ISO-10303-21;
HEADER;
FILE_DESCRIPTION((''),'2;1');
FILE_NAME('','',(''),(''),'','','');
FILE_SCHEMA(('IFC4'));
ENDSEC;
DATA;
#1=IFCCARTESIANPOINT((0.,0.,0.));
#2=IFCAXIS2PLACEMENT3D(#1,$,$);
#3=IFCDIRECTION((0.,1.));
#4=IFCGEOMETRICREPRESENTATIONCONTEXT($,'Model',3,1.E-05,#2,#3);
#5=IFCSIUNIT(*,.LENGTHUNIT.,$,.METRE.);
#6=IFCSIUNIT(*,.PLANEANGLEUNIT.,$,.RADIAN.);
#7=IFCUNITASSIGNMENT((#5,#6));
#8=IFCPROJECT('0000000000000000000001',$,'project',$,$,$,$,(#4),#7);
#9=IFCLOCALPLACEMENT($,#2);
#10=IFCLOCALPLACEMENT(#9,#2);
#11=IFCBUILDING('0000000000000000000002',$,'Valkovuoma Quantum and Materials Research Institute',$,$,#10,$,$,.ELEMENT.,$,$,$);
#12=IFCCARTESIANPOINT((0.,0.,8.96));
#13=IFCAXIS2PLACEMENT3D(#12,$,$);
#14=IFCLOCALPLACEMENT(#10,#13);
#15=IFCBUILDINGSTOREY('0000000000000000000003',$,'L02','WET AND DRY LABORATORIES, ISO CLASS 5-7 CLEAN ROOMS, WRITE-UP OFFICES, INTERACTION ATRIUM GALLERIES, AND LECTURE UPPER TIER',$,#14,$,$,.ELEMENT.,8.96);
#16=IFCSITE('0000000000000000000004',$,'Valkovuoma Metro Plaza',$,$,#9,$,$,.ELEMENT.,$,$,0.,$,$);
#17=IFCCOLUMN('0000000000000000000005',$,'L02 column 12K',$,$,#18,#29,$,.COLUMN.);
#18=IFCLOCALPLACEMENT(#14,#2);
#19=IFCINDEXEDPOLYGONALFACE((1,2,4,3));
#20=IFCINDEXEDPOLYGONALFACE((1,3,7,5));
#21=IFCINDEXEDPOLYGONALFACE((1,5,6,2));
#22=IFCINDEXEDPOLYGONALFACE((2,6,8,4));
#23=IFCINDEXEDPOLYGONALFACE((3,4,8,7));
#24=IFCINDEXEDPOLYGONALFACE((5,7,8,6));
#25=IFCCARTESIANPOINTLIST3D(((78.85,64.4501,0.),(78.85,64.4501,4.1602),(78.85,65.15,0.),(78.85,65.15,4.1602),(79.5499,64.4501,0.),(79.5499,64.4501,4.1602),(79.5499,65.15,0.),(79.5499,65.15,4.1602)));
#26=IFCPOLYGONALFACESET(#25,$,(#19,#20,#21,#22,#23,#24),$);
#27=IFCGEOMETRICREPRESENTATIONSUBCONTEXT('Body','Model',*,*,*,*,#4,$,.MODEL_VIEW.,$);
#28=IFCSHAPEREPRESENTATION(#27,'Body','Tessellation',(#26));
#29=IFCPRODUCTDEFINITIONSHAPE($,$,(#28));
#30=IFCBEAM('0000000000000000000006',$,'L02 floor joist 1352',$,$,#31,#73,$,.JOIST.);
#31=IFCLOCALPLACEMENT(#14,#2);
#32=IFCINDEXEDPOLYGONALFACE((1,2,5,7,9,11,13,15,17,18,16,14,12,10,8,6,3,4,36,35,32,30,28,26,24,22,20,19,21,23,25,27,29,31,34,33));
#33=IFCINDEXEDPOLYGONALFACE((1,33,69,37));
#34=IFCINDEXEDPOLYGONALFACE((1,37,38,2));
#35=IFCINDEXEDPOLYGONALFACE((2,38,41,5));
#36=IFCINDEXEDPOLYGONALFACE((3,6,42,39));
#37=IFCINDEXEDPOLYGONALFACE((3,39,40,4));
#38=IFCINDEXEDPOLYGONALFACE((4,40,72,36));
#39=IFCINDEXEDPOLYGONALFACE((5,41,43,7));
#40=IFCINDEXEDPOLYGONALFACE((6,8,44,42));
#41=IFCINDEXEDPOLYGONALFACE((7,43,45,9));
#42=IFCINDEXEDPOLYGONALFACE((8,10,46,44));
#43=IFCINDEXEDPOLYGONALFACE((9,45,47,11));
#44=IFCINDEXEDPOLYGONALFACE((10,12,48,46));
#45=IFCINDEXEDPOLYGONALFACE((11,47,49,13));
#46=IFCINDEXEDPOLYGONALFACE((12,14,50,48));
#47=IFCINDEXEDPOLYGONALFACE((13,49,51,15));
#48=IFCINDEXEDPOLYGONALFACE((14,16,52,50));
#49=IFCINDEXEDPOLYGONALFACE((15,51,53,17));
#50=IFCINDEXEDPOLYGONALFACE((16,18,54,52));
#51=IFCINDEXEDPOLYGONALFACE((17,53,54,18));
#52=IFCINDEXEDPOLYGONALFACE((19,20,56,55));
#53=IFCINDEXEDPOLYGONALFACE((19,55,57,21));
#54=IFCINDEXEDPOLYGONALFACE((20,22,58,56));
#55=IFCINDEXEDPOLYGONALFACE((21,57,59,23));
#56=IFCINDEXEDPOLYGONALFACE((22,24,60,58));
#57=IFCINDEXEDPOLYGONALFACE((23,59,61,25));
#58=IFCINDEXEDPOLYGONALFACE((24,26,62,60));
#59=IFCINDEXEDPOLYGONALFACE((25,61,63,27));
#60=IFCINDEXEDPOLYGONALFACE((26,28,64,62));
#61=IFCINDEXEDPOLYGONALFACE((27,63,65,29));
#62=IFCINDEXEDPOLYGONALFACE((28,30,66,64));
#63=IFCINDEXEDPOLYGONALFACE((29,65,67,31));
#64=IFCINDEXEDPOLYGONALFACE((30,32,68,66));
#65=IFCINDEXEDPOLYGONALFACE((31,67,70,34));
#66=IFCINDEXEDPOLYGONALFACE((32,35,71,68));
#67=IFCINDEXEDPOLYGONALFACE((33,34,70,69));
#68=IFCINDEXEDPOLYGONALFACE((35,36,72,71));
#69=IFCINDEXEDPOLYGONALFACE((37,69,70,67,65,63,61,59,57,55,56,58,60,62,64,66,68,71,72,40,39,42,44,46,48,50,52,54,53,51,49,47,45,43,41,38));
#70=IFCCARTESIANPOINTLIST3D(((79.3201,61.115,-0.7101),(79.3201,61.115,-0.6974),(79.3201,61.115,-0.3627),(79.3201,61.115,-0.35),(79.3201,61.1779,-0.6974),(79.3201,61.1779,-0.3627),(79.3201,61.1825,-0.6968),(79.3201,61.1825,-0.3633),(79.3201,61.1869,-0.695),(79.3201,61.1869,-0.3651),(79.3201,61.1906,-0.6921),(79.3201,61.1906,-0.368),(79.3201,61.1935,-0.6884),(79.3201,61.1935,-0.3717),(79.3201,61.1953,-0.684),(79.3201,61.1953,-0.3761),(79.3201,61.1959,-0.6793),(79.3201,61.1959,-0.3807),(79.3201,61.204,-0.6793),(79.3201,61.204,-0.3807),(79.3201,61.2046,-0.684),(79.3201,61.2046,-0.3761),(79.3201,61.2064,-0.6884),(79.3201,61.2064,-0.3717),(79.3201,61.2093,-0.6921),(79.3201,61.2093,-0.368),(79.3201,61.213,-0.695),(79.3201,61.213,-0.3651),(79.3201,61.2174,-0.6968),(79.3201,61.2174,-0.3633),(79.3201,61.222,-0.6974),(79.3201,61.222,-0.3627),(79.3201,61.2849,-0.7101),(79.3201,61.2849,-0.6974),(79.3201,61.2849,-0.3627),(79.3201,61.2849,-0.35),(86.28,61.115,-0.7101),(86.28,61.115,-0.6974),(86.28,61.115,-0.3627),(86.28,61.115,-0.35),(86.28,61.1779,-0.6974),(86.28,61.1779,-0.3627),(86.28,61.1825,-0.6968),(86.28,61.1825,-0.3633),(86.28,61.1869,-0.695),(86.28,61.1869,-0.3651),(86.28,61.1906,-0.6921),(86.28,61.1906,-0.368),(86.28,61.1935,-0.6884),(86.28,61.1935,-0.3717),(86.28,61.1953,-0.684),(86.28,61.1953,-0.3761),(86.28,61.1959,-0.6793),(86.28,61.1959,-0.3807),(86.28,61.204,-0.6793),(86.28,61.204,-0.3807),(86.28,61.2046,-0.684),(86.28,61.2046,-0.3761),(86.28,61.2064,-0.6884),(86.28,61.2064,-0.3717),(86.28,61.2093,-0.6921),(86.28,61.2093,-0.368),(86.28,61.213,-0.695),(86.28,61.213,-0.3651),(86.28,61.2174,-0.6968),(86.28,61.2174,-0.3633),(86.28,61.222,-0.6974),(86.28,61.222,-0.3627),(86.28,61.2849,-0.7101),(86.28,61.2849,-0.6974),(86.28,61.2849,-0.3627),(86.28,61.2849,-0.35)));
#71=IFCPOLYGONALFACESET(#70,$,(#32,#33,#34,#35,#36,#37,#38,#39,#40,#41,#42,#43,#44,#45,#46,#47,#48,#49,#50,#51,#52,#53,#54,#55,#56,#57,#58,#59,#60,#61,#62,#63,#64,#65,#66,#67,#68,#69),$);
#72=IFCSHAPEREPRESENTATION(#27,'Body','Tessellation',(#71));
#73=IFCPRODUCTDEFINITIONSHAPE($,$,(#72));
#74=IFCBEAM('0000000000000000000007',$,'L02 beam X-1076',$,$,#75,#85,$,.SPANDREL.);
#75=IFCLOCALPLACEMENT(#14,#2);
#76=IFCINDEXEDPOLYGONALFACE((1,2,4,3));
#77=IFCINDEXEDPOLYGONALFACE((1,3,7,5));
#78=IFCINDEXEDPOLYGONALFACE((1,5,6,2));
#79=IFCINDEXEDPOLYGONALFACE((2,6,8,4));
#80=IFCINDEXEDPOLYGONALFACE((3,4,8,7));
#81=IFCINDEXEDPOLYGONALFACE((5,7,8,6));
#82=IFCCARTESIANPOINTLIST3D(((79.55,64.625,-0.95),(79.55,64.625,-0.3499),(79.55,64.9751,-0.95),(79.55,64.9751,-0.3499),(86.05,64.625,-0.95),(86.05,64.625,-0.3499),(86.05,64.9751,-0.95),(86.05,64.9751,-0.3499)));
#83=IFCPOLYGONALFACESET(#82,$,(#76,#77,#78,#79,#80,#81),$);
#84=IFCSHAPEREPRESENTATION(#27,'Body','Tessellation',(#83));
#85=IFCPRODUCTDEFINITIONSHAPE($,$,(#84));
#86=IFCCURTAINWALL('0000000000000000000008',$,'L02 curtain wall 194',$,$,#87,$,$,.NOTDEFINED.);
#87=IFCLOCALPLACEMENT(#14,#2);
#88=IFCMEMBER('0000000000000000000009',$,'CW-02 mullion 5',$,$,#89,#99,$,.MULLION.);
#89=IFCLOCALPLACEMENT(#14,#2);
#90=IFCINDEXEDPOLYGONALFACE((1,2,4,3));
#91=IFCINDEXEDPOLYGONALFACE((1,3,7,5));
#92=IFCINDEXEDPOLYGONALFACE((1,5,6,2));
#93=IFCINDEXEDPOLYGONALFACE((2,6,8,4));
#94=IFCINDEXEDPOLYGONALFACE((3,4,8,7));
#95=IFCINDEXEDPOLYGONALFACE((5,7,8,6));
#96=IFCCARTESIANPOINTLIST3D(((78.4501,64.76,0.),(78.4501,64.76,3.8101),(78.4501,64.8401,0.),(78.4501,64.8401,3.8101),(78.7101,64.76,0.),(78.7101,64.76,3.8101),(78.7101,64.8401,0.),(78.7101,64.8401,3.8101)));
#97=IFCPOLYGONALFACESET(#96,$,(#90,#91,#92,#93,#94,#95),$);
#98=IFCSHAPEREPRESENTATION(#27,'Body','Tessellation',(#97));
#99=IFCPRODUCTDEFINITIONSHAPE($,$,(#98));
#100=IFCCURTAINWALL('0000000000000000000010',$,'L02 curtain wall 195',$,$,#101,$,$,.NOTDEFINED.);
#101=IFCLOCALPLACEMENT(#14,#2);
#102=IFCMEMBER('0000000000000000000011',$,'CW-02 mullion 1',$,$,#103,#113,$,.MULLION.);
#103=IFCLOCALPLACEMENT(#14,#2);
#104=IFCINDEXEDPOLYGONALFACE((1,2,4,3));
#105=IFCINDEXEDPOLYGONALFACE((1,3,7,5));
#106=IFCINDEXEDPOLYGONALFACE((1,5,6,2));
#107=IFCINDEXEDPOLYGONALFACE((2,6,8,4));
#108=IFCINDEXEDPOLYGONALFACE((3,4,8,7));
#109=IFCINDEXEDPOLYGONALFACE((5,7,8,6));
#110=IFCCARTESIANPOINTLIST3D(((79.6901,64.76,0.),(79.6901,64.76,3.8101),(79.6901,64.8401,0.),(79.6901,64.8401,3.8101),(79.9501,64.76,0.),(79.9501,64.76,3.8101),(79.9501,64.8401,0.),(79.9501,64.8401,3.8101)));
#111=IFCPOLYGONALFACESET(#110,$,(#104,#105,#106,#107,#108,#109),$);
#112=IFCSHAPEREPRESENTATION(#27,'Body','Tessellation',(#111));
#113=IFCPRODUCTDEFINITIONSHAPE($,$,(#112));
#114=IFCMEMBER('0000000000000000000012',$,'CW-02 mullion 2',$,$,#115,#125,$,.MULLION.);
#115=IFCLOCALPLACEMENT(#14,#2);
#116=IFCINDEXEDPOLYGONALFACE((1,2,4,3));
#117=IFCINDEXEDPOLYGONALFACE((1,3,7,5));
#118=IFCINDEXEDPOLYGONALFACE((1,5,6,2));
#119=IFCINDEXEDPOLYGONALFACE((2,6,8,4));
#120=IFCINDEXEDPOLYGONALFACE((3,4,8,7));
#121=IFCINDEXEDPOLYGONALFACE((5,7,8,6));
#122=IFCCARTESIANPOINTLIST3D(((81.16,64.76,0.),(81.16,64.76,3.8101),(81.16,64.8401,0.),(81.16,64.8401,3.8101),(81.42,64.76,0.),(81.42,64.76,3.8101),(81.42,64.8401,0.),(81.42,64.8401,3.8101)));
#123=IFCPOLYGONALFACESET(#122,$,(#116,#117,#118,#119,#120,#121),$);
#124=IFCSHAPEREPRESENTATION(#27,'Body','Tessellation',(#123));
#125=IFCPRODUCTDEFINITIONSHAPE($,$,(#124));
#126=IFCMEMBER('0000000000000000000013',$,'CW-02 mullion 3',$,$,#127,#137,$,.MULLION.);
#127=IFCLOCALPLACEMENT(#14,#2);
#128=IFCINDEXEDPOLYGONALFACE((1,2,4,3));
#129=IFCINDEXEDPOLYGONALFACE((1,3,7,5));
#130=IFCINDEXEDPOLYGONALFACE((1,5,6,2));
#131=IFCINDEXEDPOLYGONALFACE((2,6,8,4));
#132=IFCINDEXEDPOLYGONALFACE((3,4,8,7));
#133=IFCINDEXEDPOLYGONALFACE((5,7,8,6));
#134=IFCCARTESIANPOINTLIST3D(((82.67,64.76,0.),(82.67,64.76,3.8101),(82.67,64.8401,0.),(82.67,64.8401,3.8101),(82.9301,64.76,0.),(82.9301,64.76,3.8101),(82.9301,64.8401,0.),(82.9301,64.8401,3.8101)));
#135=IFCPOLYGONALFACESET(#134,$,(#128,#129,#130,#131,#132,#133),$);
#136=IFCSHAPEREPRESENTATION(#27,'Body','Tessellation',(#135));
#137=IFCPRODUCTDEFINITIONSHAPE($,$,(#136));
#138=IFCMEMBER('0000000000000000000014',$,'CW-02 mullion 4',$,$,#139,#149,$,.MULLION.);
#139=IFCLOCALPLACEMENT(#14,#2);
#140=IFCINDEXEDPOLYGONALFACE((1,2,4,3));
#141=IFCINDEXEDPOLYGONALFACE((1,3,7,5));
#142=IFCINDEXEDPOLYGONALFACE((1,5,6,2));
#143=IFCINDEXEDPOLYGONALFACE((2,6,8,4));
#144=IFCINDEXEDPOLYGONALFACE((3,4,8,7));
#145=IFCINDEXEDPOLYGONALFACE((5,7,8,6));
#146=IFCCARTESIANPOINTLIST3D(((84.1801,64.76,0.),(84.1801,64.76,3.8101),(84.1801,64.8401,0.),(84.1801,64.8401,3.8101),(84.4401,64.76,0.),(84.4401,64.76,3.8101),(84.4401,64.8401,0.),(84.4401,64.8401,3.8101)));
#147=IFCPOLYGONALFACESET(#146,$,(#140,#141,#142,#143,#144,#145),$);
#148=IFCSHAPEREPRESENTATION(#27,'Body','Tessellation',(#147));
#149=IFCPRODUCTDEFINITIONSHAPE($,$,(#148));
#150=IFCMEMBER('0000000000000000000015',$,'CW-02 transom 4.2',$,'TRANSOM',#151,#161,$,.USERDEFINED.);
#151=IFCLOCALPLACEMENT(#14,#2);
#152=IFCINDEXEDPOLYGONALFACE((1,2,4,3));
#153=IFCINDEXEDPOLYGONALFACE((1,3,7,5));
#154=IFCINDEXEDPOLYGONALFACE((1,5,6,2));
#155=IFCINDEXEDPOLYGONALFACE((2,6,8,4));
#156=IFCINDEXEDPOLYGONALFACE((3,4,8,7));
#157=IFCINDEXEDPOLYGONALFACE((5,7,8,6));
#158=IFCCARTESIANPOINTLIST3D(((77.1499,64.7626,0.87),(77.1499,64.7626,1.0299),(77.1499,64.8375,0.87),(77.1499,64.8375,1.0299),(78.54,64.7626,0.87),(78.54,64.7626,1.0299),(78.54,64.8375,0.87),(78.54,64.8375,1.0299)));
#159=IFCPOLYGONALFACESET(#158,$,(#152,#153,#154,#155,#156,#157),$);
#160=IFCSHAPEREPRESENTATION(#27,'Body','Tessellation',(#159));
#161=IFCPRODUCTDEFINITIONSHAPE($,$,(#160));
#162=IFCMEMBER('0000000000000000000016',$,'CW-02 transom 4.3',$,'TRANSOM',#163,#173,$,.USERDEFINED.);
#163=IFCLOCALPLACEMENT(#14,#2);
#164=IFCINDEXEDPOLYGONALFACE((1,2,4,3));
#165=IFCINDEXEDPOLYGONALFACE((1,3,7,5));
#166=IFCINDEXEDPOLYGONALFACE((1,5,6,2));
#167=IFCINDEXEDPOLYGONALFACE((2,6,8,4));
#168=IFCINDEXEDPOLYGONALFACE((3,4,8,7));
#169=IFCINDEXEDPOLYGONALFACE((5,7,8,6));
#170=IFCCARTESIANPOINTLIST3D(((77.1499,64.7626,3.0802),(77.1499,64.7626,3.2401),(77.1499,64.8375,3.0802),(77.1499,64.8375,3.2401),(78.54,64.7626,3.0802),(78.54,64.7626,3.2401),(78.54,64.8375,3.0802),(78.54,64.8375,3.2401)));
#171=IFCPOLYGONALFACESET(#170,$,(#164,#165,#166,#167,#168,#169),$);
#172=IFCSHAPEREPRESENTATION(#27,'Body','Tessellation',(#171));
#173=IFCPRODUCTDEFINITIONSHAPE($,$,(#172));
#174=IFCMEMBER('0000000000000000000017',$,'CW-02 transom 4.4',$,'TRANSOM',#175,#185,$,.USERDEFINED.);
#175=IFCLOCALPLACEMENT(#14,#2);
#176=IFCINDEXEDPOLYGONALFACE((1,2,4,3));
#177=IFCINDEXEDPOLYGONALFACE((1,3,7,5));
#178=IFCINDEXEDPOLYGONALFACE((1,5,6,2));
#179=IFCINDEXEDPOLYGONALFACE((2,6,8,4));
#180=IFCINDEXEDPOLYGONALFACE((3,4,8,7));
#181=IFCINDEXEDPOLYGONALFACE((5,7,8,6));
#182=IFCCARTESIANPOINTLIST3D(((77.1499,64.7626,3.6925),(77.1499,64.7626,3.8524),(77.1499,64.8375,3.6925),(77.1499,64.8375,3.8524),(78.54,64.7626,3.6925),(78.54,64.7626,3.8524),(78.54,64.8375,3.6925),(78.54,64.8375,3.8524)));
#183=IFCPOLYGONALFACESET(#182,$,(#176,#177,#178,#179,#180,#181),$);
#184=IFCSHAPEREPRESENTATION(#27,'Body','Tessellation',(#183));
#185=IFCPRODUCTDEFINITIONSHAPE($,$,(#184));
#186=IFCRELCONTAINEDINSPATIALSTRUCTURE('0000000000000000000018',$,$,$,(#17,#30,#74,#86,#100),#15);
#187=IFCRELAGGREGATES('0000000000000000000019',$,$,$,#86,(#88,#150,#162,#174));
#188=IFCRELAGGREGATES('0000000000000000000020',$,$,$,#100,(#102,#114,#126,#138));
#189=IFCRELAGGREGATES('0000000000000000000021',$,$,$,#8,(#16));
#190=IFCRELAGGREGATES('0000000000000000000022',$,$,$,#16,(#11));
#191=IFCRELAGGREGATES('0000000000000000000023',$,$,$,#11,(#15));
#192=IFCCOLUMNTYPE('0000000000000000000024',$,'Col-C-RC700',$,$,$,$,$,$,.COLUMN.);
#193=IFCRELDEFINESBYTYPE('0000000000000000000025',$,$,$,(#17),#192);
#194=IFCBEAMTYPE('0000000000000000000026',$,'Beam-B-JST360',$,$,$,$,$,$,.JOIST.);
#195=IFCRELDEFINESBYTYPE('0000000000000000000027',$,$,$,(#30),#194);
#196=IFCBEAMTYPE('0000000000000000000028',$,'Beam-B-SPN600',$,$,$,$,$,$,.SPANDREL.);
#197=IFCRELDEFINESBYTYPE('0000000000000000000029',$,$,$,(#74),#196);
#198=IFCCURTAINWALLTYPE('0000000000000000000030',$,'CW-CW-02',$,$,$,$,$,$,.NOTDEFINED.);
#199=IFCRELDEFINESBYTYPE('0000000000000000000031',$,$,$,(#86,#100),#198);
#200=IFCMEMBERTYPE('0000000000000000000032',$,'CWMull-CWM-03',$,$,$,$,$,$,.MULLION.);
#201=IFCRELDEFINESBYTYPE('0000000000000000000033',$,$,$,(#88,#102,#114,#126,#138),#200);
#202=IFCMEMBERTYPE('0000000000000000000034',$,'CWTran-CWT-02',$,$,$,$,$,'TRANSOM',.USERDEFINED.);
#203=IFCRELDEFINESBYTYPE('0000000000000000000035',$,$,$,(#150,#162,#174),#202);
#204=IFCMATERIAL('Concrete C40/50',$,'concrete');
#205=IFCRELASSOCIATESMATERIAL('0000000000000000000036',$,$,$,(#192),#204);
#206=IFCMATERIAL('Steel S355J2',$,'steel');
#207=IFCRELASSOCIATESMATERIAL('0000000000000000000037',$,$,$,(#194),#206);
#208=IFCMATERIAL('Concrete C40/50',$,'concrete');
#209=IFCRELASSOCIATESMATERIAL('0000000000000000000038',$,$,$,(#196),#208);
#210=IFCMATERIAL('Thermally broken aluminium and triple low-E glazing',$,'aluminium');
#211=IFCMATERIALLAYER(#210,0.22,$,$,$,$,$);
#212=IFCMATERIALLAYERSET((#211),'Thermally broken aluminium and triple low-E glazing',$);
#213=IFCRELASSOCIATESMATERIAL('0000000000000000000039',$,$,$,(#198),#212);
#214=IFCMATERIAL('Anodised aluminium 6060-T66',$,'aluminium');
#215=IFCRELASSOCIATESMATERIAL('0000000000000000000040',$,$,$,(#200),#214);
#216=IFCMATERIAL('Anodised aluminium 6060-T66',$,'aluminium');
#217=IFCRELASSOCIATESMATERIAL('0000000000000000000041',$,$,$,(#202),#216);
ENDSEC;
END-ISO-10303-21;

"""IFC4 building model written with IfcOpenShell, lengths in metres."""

from ifc_helpers import new_model, si_unit, direction, frame, origin, origin_2d, place, context, subcontext, project, spatial, rectangle, i_section, extrude, material, layer, layer_set, material_profile, profile_set, type_object, element, aggregate, save


model = new_model("IFC4")

# Units and contexts
model_context = context("Model", 3, precision=1e-05, world=origin(), true_north=direction((0.0, 1.0)))
body_context = subcontext(model_context, "Body", "Model", "MODEL_VIEW")
ifc_project = project(units=[si_unit("LENGTHUNIT", "METRE"), si_unit("PLANEANGLEUNIT", "RADIAN")], contexts=[model_context])

# Site, building, storey
site_placement = place(None, origin())
site = spatial("IfcSite", under=ifc_project, at=site_placement, Name="Valkovuoma Metro Plaza", CompositionType="ELEMENT", RefElevation=0.0)
building_placement = place(site_placement, origin())
building = spatial("IfcBuilding", under=site, at=building_placement, Name="Valkovuoma Quantum and Materials Research Institute", CompositionType="ELEMENT")
storey_placement = place(building_placement, frame((0.0, 0.0, 8.96)))
storey = spatial("IfcBuildingStorey", under=building, at=storey_placement, Name="L02", Description="WET AND DRY LABORATORIES, ISO CLASS 5-7 CLEAN ROOMS, WRITE-UP OFFICES, INTERACTION ATRIUM GALLERIES, AND LECTURE UPPER TIER", CompositionType="ELEMENT", Elevation=8.96)

# Column
ifc_material_1 = material(Name="Concrete C40/50", Category="concrete")
ifc_material_profile_1 = material_profile(ifc_material_1, rectangle(XDim=0.7, YDim=0.7, at=origin_2d()), Name="Concrete C40/50")
ifc_profile_set_1 = profile_set([ifc_material_profile_1], Name="Concrete C40/50")
column_type = type_object("IfcColumnType", Name="Col-C-RC700", PredefinedType="COLUMN", material=ifc_profile_set_1)
column_placement = place(storey_placement, frame((79.2, 64.8, 0.0), z_axis=(0.0, 0.0, 1.0), x_axis=(1.0, 0.0, 0.0)))
element("IfcColumn", 1, at=column_placement, inside=storey, type_object=column_type, Name="L02 column 12K", PredefinedType="COLUMN", context=body_context, shape_type="SweptSolid", body=[
    extrude(rectangle(XDim=0.7, YDim=0.7, at=origin_2d()), origin(), (0.0, 0.0, 1.0), 4.1602),
])

# Beams
ifc_material_2 = material(Name="Steel S355J2", Category="steel")
ifc_material_profile_2 = material_profile(ifc_material_2, i_section(OverallWidth=0.1699, OverallDepth=0.3601, WebThickness=0.0081, FlangeThickness=0.0127, FilletRadius=0.0181, at=origin_2d()), Name="Steel S355J2")
ifc_profile_set_2 = profile_set([ifc_material_profile_2], Name="Steel S355J2")
beam_type_1 = type_object("IfcBeamType", Name="Beam-B-JST360", PredefinedType="JOIST", material=ifc_profile_set_2)
beam_1_placement = place(storey_placement, frame((79.3201, 61.2, -0.53), z_axis=(1.0, 0.0, 0.0), x_axis=(0.0, 1.0, 0.0)))
element("IfcBeam", 2, at=beam_1_placement, inside=storey, type_object=beam_type_1, Name="L02 floor joist 1352", PredefinedType="JOIST", context=body_context, shape_type="SweptSolid", body=[
    extrude(i_section(OverallWidth=0.1699, OverallDepth=0.3601, WebThickness=0.0081, FlangeThickness=0.0127, FilletRadius=0.0181, at=origin_2d()), origin(), (0.0, 0.0, 1.0), 6.96),
])
ifc_material_3 = material(Name="Concrete C40/50", Category="concrete")
ifc_material_profile_3 = material_profile(ifc_material_3, rectangle(XDim=0.3501, YDim=0.6001, at=origin_2d()), Name="Concrete C40/50")
ifc_profile_set_3 = profile_set([ifc_material_profile_3], Name="Concrete C40/50")
beam_type_2 = type_object("IfcBeamType", Name="Beam-B-SPN600", PredefinedType="SPANDREL", material=ifc_profile_set_3)
beam_2_placement = place(storey_placement, frame((79.55, 64.8, -0.6499), z_axis=(1.0, 0.0, 0.0), x_axis=(0.0, 1.0, 0.0)))
element("IfcBeam", 3, at=beam_2_placement, inside=storey, type_object=beam_type_2, Name="L02 beam X-1076", PredefinedType="SPANDREL", context=body_context, shape_type="SweptSolid", body=[
    extrude(rectangle(XDim=0.3501, YDim=0.6001, at=origin_2d()), origin(), (0.0, 0.0, 1.0), 6.5),
])

# Curtain wall, member
ifc_material_4 = material(Name="Thermally broken aluminium and triple low-E glazing", Category="aluminium")
ifc_layer_1 = layer(ifc_material_4, 0.22)
ifc_layer_set_1 = layer_set([ifc_layer_1], Name="Thermally broken aluminium and triple low-E glazing")
curtain_wall_type = type_object("IfcCurtainWallType", Name="CW-CW-02", PredefinedType="NOTDEFINED", material=ifc_layer_set_1)
curtain_wall_1_placement = place(storey_placement, origin())
curtain_wall_1 = element("IfcCurtainWall", 4, at=curtain_wall_1_placement, inside=storey, type_object=curtain_wall_type, Name="L02 curtain wall 194", PredefinedType="NOTDEFINED")
ifc_material_5 = material(Name="Anodised aluminium 6060-T66", Category="aluminium")
ifc_material_profile_4 = material_profile(ifc_material_5, rectangle(XDim=0.0801, YDim=0.26, at=origin_2d()), Name="Anodised aluminium 6060-T66")
ifc_profile_set_4 = profile_set([ifc_material_profile_4], Name="Anodised aluminium 6060-T66")
member_type_1 = type_object("IfcMemberType", Name="CWMull-CWM-03", PredefinedType="MULLION", material=ifc_profile_set_4)
member_1_placement = place(storey_placement, frame((78.5801, 64.8, 0.0), z_axis=(0.0, 0.0, 1.0), x_axis=(0.0, 1.0, 0.0)))
member_1 = element("IfcMember", 5, at=member_1_placement, type_object=member_type_1, Name="CW-02 mullion 5", PredefinedType="MULLION", context=body_context, shape_type="SweptSolid", body=[
    extrude(rectangle(XDim=0.0801, YDim=0.26, at=origin_2d()), origin(), (0.0, 0.0, 1.0), 3.8101),
])

# Curtain wall, members
curtain_wall_2_placement = place(storey_placement, origin())
curtain_wall_2 = element("IfcCurtainWall", 6, at=curtain_wall_2_placement, inside=storey, type_object=curtain_wall_type, Name="L02 curtain wall 195", PredefinedType="NOTDEFINED")
member_2_placement = place(storey_placement, frame((79.8201, 64.8, 0.0), z_axis=(0.0, 0.0, 1.0), x_axis=(0.0, 1.0, 0.0)))
member_2 = element("IfcMember", 7, at=member_2_placement, type_object=member_type_1, Name="CW-02 mullion 1", PredefinedType="MULLION", context=body_context, shape_type="SweptSolid", body=[
    extrude(rectangle(XDim=0.0801, YDim=0.26, at=origin_2d()), origin(), (0.0, 0.0, 1.0), 3.8101),
])
member_3_placement = place(storey_placement, frame((81.29, 64.8, 0.0), z_axis=(0.0, 0.0, 1.0), x_axis=(0.0, 1.0, 0.0)))
member_3 = element("IfcMember", 8, at=member_3_placement, type_object=member_type_1, Name="CW-02 mullion 2", PredefinedType="MULLION", context=body_context, shape_type="SweptSolid", body=[
    extrude(rectangle(XDim=0.0801, YDim=0.26, at=origin_2d()), origin(), (0.0, 0.0, 1.0), 3.8101),
])
member_4_placement = place(storey_placement, frame((82.8, 64.8, 0.0), z_axis=(0.0, 0.0, 1.0), x_axis=(0.0, 1.0, 0.0)))
member_4 = element("IfcMember", 9, at=member_4_placement, type_object=member_type_1, Name="CW-02 mullion 3", PredefinedType="MULLION", context=body_context, shape_type="SweptSolid", body=[
    extrude(rectangle(XDim=0.0801, YDim=0.26, at=origin_2d()), origin(), (0.0, 0.0, 1.0), 3.8101),
])
member_5_placement = place(storey_placement, frame((84.3101, 64.8, 0.0), z_axis=(0.0, 0.0, 1.0), x_axis=(0.0, 1.0, 0.0)))
member_5 = element("IfcMember", 10, at=member_5_placement, type_object=member_type_1, Name="CW-02 mullion 4", PredefinedType="MULLION", context=body_context, shape_type="SweptSolid", body=[
    extrude(rectangle(XDim=0.0801, YDim=0.26, at=origin_2d()), origin(), (0.0, 0.0, 1.0), 3.8101),
])

# Members
ifc_material_6 = material(Name="Anodised aluminium 6060-T66", Category="aluminium")
ifc_material_profile_5 = material_profile(ifc_material_6, rectangle(XDim=0.075, YDim=0.1599, at=origin_2d()), Name="Anodised aluminium 6060-T66")
ifc_profile_set_5 = profile_set([ifc_material_profile_5], Name="Anodised aluminium 6060-T66")
member_type_2 = type_object("IfcMemberType", Name="CWTran-CWT-02", ElementType="TRANSOM", PredefinedType="USERDEFINED", material=ifc_profile_set_5)
member_6_placement = place(storey_placement, frame((77.1499, 64.8, 0.95), z_axis=(1.0, 0.0, 0.0), x_axis=(0.0, 1.0, 0.0)))
member_6 = element("IfcMember", 11, at=member_6_placement, type_object=member_type_2, Name="CW-02 transom 4.2", ObjectType="TRANSOM", PredefinedType="USERDEFINED", context=body_context, shape_type="SweptSolid", body=[
    extrude(rectangle(XDim=0.075, YDim=0.1599, at=origin_2d()), origin(), (0.0, 0.0, 1.0), 1.3901),
])
member_7_placement = place(storey_placement, frame((77.1499, 64.8, 3.1602), z_axis=(1.0, 0.0, 0.0), x_axis=(0.0, 1.0, 0.0)))
member_7 = element("IfcMember", 12, at=member_7_placement, type_object=member_type_2, Name="CW-02 transom 4.3", ObjectType="TRANSOM", PredefinedType="USERDEFINED", context=body_context, shape_type="SweptSolid", body=[
    extrude(rectangle(XDim=0.075, YDim=0.1599, at=origin_2d()), origin(), (0.0, 0.0, 1.0), 1.3901),
])
member_8_placement = place(storey_placement, frame((77.1499, 64.8, 3.7725), z_axis=(1.0, 0.0, 0.0), x_axis=(0.0, 1.0, 0.0)))
member_8 = element("IfcMember", 13, at=member_8_placement, type_object=member_type_2, Name="CW-02 transom 4.4", ObjectType="TRANSOM", PredefinedType="USERDEFINED", context=body_context, shape_type="SweptSolid", body=[
    extrude(rectangle(XDim=0.075, YDim=0.1599, at=origin_2d()), origin(), (0.0, 0.0, 1.0), 1.3901),
])

aggregate(curtain_wall_1, [member_1, member_6, member_7, member_8])
aggregate(curtain_wall_2, [member_2, member_3, member_4, member_5])

save(model, "model.ifc")
